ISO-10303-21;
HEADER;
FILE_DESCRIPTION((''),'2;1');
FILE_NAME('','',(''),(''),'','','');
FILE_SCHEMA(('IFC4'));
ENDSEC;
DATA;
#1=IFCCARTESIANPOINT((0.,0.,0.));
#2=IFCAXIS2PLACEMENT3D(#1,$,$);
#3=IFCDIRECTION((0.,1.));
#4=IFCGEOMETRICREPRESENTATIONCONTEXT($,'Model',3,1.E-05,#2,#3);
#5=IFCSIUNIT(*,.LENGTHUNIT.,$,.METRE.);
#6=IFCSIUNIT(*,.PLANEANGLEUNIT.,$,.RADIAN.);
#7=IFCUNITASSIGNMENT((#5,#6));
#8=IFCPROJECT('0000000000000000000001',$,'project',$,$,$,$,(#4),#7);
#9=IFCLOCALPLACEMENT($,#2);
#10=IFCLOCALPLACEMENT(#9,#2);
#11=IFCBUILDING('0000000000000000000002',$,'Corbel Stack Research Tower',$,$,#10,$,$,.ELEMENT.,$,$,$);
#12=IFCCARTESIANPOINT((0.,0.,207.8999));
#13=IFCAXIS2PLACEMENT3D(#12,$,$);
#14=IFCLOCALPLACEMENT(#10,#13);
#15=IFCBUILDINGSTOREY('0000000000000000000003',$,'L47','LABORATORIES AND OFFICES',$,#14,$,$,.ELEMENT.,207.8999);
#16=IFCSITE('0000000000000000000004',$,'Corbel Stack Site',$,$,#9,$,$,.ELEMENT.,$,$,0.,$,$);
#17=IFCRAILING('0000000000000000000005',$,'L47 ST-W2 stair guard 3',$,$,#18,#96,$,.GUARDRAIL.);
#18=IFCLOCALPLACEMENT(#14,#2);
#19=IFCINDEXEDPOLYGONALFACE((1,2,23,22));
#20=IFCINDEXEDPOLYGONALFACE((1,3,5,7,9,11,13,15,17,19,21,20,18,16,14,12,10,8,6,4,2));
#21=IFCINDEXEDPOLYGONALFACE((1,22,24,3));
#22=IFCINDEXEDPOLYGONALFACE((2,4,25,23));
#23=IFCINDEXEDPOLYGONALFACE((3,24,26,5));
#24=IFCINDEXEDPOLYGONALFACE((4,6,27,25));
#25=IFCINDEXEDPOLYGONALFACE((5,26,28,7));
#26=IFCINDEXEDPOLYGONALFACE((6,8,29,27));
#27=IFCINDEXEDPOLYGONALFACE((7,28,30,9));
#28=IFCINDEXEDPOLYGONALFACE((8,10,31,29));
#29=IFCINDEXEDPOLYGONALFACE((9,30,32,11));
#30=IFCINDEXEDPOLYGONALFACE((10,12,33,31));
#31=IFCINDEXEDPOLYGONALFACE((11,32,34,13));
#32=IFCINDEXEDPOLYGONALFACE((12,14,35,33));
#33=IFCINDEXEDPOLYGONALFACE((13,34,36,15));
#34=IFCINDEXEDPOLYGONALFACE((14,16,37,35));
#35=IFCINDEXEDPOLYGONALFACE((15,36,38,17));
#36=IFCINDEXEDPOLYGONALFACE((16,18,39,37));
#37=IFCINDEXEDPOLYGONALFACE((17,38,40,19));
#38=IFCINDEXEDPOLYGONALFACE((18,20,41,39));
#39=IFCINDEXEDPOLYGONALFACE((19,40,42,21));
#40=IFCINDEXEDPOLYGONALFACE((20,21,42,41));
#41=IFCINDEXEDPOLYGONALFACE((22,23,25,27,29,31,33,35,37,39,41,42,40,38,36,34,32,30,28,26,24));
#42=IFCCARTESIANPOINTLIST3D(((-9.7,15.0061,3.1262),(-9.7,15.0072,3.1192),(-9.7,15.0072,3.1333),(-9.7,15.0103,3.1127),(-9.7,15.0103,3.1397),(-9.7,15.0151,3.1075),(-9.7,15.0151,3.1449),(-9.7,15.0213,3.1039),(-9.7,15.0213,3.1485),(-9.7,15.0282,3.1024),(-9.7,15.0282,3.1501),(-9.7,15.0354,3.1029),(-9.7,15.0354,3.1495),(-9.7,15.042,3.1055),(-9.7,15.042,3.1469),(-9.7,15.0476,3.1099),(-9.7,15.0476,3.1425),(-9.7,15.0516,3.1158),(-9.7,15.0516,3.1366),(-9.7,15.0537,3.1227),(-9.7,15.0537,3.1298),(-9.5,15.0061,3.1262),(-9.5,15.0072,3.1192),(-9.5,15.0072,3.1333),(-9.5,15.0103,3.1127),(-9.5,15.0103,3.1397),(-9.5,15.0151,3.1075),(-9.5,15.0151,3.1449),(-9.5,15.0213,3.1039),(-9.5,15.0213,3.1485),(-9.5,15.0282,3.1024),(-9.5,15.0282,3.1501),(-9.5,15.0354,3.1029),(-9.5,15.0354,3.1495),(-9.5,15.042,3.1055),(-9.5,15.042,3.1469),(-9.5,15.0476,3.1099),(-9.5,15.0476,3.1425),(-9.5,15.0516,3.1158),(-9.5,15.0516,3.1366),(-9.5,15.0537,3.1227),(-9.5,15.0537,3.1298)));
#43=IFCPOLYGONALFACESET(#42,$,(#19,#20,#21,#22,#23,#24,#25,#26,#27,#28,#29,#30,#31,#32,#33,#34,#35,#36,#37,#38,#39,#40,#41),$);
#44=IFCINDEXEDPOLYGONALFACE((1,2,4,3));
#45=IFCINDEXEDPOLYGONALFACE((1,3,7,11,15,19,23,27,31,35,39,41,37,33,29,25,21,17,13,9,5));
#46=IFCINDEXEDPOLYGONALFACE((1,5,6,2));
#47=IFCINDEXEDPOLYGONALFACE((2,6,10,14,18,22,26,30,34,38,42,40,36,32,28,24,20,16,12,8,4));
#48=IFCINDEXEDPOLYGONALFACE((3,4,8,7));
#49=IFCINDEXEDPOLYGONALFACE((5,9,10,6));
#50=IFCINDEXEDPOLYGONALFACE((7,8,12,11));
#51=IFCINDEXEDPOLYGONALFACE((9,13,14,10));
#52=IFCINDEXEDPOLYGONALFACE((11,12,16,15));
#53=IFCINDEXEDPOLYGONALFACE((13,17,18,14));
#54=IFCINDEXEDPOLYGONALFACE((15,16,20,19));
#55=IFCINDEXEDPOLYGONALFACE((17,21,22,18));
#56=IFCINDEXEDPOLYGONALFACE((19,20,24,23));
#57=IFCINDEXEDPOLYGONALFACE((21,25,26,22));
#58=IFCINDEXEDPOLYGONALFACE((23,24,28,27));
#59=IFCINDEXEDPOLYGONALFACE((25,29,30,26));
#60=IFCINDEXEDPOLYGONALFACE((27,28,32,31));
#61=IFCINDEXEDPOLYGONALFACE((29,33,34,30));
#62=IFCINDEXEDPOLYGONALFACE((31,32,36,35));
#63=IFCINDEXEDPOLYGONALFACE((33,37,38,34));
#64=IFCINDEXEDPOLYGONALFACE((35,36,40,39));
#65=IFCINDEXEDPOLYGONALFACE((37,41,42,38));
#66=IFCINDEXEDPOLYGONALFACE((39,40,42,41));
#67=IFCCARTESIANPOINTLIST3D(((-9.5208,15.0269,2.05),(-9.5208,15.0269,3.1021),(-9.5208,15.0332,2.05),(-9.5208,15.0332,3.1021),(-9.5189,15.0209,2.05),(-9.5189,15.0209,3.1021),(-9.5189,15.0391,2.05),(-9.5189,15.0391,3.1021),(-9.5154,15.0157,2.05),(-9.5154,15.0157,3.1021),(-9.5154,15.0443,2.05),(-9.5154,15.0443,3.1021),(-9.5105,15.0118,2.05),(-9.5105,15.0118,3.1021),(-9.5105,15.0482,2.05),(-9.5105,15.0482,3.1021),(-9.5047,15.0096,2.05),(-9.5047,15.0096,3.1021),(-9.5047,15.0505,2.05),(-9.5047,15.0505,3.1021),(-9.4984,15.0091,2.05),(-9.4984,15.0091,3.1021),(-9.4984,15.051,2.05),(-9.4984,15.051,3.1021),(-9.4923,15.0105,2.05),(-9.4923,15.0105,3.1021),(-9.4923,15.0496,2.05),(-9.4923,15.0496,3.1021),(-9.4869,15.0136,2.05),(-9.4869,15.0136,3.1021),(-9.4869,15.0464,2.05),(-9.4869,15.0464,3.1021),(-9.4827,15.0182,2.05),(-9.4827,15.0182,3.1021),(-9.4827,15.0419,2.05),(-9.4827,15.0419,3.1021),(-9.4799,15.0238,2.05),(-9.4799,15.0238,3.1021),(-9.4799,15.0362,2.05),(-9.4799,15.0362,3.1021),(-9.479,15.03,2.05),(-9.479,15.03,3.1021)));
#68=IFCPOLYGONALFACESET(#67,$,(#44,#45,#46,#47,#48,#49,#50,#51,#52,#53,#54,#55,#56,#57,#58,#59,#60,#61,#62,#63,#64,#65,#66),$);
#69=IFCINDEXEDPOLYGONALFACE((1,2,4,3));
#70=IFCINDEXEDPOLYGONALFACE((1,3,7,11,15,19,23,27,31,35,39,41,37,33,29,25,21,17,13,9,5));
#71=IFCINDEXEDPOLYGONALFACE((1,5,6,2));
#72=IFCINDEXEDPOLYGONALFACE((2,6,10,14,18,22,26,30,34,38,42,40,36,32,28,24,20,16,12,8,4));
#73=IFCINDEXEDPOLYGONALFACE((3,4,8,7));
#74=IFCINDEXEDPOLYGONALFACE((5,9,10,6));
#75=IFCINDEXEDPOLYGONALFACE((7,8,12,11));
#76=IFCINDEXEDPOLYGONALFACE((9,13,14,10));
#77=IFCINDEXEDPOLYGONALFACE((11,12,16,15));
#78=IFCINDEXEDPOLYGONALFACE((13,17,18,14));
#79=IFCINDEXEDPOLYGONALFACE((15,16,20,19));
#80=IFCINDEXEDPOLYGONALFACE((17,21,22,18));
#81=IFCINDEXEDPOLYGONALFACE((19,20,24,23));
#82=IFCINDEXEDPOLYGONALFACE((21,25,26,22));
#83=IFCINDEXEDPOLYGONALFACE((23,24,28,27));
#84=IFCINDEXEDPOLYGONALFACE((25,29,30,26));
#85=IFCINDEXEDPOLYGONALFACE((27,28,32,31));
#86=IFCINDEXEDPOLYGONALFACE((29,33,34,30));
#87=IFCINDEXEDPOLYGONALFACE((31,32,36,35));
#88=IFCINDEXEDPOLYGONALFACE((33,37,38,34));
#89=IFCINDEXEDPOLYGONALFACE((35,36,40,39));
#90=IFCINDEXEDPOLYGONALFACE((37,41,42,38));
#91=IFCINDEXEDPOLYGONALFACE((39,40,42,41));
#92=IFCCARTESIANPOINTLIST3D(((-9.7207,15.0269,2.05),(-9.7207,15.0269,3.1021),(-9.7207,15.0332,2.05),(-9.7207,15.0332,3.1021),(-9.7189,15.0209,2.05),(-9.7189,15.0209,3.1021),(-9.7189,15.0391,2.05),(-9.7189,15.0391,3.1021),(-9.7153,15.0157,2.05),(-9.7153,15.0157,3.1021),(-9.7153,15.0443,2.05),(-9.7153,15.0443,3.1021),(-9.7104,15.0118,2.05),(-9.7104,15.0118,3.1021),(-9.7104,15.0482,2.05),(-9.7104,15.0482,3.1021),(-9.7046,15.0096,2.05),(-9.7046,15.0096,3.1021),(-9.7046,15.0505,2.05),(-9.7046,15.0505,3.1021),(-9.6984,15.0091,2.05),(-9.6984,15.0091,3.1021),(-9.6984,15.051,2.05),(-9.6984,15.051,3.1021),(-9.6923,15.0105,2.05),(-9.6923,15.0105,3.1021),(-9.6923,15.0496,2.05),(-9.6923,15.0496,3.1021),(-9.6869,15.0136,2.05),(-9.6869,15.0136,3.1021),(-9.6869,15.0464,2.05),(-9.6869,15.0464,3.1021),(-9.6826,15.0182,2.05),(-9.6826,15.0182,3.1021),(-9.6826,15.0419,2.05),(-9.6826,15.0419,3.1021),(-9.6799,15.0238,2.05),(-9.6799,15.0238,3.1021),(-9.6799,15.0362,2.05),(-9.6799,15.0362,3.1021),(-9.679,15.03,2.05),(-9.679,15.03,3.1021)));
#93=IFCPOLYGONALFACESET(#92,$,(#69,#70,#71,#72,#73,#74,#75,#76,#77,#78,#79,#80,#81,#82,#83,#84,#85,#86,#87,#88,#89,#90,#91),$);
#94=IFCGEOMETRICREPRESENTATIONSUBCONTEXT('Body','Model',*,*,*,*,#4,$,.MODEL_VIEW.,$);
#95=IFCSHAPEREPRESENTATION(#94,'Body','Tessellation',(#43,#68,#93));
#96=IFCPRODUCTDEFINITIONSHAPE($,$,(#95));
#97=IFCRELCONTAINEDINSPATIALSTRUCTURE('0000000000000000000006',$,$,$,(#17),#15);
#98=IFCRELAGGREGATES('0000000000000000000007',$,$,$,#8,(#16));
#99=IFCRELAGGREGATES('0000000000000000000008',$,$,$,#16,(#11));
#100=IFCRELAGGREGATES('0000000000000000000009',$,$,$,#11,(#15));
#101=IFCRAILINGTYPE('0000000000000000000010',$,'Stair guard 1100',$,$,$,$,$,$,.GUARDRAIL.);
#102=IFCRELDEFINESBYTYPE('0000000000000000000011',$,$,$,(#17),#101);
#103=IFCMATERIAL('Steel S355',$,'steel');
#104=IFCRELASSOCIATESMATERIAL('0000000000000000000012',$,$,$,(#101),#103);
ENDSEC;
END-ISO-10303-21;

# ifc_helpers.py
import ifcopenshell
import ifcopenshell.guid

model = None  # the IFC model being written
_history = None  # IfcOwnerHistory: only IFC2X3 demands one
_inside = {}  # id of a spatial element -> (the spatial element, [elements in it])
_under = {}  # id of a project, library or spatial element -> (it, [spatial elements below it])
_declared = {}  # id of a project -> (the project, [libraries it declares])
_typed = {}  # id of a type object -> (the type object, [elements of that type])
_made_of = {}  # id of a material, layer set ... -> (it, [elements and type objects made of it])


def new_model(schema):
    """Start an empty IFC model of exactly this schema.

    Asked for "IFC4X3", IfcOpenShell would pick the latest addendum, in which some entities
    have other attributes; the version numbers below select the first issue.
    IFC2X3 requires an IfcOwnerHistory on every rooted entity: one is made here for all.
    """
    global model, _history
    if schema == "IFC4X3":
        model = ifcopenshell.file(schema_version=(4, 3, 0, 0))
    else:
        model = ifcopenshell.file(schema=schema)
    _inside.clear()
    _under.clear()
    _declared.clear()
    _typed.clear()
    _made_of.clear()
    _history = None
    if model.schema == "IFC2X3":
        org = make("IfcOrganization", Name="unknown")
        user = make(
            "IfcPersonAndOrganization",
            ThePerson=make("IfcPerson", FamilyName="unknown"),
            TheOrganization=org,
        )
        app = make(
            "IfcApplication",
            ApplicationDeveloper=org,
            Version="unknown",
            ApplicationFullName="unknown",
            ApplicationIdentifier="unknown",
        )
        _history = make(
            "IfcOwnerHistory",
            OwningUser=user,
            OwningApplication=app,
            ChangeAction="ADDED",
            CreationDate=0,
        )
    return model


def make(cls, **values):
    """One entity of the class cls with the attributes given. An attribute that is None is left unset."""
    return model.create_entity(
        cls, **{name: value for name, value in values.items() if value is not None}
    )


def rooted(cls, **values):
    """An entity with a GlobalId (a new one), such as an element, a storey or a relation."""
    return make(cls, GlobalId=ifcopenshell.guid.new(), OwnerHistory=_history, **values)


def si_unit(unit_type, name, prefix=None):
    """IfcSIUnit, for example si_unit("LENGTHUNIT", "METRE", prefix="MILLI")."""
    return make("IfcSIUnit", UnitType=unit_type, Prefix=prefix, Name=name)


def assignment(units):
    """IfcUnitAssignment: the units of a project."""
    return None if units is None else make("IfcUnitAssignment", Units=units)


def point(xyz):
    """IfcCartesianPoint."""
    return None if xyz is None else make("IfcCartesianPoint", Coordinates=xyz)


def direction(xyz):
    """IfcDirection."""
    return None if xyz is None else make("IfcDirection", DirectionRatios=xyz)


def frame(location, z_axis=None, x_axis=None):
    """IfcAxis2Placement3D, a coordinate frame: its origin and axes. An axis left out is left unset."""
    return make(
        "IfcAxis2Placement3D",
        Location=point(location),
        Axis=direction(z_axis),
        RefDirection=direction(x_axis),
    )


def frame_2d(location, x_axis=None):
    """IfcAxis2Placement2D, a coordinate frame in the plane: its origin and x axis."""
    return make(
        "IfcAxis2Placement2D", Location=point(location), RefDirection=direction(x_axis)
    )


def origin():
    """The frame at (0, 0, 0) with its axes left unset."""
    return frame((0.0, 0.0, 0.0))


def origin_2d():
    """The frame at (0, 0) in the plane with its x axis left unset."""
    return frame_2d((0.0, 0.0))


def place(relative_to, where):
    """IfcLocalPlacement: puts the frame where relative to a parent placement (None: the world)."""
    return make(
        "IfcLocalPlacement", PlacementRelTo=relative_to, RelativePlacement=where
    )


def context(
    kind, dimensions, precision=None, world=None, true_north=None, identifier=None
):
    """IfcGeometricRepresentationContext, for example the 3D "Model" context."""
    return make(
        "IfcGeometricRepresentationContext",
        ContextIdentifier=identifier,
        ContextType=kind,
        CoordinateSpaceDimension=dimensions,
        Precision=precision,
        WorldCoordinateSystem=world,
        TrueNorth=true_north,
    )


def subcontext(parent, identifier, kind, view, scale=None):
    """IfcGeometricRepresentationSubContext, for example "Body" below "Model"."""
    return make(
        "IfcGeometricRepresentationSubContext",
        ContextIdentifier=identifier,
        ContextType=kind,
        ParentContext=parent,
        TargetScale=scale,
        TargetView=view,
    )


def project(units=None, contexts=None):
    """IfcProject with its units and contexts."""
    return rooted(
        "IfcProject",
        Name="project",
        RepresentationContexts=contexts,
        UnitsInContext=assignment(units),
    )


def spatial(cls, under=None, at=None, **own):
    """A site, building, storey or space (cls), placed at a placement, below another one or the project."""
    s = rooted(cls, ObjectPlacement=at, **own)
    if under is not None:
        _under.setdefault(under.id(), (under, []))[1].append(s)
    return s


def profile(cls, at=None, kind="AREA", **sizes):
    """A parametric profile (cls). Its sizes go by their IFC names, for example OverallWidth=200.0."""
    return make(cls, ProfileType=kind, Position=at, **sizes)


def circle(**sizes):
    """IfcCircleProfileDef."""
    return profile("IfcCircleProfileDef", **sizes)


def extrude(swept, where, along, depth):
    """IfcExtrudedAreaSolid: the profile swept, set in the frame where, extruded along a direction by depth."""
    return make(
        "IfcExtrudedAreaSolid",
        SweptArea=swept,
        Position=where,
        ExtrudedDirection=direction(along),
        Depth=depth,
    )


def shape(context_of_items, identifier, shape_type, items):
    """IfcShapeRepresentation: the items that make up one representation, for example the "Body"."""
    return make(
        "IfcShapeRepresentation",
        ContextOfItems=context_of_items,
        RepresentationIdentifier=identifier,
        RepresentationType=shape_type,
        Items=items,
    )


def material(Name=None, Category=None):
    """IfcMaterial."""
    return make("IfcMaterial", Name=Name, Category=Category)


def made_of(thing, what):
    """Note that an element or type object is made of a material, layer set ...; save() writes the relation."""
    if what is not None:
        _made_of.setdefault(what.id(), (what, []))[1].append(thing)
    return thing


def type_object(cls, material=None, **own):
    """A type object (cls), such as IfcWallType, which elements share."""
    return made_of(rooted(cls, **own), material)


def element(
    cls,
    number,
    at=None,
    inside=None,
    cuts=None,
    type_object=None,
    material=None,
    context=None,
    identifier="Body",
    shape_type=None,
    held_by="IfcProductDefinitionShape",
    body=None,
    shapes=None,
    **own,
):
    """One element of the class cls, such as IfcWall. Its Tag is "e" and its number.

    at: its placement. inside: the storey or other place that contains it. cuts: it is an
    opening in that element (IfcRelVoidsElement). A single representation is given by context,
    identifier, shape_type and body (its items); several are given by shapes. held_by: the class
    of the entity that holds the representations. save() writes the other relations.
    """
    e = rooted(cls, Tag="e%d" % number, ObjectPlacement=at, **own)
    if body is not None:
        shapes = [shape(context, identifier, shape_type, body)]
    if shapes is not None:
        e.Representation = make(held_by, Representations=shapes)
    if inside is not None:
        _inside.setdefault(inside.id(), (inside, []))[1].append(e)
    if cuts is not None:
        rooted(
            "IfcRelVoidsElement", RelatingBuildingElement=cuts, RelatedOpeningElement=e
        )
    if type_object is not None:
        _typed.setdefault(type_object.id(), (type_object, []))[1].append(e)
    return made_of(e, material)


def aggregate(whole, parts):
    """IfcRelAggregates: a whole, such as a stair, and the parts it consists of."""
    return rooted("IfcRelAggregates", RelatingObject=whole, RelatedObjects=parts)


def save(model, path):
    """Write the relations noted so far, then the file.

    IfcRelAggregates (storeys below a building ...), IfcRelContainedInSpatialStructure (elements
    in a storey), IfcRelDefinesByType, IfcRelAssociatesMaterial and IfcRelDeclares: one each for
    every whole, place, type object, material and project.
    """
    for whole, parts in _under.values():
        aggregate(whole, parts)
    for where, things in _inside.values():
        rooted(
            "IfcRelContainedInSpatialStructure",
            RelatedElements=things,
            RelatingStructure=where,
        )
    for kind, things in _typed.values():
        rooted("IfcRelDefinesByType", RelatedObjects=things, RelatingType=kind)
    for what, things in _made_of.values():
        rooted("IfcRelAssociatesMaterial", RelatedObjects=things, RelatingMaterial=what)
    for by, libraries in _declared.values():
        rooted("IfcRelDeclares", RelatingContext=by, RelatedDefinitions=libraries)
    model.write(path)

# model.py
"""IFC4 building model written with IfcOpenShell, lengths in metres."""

from ifc_helpers import new_model, si_unit, direction, frame, origin, origin_2d, place, context, subcontext, project, spatial, circle, extrude, material, type_object, element, save


model = new_model("IFC4")

# Units and contexts
model_context = context("Model", 3, precision=1e-05, world=origin(), true_north=direction((0.0, 1.0)))
body_context = subcontext(model_context, "Body", "Model", "MODEL_VIEW")
ifc_project = project(units=[si_unit("LENGTHUNIT", "METRE"), si_unit("PLANEANGLEUNIT", "RADIAN")], contexts=[model_context])

# Site, building, storey
site_placement = place(None, origin())
site = spatial("IfcSite", under=ifc_project, at=site_placement, Name="Corbel Stack Site", CompositionType="ELEMENT", RefElevation=0.0)
building_placement = place(site_placement, origin())
building = spatial("IfcBuilding", under=site, at=building_placement, Name="Corbel Stack Research Tower", CompositionType="ELEMENT")
storey_placement = place(building_placement, frame((0.0, 0.0, 207.8999)))
storey = spatial("IfcBuildingStorey", under=building, at=storey_placement, Name="L47", Description="LABORATORIES AND OFFICES", CompositionType="ELEMENT", Elevation=207.8999)

# Railing
ifc_material_1 = material(Name="Steel S355", Category="steel")
railing_type_1 = type_object("IfcRailingType", Name="Stair guard 1100", PredefinedType="GUARDRAIL", material=ifc_material_1)
railing_1_placement = place(storey_placement, frame((-9.5, 15.03, 2.05)))
element("IfcRailing", 1, at=railing_1_placement, inside=storey, type_object=railing_type_1, Name="L47 ST-W2 stair guard 3", PredefinedType="GUARDRAIL", context=body_context, shape_type="SweptSolid", body=[
    extrude(circle(Radius=0.0239, at=origin_2d()), frame((0.0, 0.0, 1.0762), z_axis=(-1.0, 0.0, 0.0), x_axis=(0.0, -1.0, 0.0)), (0.0, 0.0, 1.0), 0.2),
    extrude(circle(Radius=0.021, at=origin_2d()), origin(), (0.0, 0.0, 1.0), 1.052),
    extrude(circle(Radius=0.021, at=origin_2d()), frame((-0.2, 0.0, 0.0)), (0.0, 0.0, 1.0), 1.052),
])

save(model, "model.ifc")
